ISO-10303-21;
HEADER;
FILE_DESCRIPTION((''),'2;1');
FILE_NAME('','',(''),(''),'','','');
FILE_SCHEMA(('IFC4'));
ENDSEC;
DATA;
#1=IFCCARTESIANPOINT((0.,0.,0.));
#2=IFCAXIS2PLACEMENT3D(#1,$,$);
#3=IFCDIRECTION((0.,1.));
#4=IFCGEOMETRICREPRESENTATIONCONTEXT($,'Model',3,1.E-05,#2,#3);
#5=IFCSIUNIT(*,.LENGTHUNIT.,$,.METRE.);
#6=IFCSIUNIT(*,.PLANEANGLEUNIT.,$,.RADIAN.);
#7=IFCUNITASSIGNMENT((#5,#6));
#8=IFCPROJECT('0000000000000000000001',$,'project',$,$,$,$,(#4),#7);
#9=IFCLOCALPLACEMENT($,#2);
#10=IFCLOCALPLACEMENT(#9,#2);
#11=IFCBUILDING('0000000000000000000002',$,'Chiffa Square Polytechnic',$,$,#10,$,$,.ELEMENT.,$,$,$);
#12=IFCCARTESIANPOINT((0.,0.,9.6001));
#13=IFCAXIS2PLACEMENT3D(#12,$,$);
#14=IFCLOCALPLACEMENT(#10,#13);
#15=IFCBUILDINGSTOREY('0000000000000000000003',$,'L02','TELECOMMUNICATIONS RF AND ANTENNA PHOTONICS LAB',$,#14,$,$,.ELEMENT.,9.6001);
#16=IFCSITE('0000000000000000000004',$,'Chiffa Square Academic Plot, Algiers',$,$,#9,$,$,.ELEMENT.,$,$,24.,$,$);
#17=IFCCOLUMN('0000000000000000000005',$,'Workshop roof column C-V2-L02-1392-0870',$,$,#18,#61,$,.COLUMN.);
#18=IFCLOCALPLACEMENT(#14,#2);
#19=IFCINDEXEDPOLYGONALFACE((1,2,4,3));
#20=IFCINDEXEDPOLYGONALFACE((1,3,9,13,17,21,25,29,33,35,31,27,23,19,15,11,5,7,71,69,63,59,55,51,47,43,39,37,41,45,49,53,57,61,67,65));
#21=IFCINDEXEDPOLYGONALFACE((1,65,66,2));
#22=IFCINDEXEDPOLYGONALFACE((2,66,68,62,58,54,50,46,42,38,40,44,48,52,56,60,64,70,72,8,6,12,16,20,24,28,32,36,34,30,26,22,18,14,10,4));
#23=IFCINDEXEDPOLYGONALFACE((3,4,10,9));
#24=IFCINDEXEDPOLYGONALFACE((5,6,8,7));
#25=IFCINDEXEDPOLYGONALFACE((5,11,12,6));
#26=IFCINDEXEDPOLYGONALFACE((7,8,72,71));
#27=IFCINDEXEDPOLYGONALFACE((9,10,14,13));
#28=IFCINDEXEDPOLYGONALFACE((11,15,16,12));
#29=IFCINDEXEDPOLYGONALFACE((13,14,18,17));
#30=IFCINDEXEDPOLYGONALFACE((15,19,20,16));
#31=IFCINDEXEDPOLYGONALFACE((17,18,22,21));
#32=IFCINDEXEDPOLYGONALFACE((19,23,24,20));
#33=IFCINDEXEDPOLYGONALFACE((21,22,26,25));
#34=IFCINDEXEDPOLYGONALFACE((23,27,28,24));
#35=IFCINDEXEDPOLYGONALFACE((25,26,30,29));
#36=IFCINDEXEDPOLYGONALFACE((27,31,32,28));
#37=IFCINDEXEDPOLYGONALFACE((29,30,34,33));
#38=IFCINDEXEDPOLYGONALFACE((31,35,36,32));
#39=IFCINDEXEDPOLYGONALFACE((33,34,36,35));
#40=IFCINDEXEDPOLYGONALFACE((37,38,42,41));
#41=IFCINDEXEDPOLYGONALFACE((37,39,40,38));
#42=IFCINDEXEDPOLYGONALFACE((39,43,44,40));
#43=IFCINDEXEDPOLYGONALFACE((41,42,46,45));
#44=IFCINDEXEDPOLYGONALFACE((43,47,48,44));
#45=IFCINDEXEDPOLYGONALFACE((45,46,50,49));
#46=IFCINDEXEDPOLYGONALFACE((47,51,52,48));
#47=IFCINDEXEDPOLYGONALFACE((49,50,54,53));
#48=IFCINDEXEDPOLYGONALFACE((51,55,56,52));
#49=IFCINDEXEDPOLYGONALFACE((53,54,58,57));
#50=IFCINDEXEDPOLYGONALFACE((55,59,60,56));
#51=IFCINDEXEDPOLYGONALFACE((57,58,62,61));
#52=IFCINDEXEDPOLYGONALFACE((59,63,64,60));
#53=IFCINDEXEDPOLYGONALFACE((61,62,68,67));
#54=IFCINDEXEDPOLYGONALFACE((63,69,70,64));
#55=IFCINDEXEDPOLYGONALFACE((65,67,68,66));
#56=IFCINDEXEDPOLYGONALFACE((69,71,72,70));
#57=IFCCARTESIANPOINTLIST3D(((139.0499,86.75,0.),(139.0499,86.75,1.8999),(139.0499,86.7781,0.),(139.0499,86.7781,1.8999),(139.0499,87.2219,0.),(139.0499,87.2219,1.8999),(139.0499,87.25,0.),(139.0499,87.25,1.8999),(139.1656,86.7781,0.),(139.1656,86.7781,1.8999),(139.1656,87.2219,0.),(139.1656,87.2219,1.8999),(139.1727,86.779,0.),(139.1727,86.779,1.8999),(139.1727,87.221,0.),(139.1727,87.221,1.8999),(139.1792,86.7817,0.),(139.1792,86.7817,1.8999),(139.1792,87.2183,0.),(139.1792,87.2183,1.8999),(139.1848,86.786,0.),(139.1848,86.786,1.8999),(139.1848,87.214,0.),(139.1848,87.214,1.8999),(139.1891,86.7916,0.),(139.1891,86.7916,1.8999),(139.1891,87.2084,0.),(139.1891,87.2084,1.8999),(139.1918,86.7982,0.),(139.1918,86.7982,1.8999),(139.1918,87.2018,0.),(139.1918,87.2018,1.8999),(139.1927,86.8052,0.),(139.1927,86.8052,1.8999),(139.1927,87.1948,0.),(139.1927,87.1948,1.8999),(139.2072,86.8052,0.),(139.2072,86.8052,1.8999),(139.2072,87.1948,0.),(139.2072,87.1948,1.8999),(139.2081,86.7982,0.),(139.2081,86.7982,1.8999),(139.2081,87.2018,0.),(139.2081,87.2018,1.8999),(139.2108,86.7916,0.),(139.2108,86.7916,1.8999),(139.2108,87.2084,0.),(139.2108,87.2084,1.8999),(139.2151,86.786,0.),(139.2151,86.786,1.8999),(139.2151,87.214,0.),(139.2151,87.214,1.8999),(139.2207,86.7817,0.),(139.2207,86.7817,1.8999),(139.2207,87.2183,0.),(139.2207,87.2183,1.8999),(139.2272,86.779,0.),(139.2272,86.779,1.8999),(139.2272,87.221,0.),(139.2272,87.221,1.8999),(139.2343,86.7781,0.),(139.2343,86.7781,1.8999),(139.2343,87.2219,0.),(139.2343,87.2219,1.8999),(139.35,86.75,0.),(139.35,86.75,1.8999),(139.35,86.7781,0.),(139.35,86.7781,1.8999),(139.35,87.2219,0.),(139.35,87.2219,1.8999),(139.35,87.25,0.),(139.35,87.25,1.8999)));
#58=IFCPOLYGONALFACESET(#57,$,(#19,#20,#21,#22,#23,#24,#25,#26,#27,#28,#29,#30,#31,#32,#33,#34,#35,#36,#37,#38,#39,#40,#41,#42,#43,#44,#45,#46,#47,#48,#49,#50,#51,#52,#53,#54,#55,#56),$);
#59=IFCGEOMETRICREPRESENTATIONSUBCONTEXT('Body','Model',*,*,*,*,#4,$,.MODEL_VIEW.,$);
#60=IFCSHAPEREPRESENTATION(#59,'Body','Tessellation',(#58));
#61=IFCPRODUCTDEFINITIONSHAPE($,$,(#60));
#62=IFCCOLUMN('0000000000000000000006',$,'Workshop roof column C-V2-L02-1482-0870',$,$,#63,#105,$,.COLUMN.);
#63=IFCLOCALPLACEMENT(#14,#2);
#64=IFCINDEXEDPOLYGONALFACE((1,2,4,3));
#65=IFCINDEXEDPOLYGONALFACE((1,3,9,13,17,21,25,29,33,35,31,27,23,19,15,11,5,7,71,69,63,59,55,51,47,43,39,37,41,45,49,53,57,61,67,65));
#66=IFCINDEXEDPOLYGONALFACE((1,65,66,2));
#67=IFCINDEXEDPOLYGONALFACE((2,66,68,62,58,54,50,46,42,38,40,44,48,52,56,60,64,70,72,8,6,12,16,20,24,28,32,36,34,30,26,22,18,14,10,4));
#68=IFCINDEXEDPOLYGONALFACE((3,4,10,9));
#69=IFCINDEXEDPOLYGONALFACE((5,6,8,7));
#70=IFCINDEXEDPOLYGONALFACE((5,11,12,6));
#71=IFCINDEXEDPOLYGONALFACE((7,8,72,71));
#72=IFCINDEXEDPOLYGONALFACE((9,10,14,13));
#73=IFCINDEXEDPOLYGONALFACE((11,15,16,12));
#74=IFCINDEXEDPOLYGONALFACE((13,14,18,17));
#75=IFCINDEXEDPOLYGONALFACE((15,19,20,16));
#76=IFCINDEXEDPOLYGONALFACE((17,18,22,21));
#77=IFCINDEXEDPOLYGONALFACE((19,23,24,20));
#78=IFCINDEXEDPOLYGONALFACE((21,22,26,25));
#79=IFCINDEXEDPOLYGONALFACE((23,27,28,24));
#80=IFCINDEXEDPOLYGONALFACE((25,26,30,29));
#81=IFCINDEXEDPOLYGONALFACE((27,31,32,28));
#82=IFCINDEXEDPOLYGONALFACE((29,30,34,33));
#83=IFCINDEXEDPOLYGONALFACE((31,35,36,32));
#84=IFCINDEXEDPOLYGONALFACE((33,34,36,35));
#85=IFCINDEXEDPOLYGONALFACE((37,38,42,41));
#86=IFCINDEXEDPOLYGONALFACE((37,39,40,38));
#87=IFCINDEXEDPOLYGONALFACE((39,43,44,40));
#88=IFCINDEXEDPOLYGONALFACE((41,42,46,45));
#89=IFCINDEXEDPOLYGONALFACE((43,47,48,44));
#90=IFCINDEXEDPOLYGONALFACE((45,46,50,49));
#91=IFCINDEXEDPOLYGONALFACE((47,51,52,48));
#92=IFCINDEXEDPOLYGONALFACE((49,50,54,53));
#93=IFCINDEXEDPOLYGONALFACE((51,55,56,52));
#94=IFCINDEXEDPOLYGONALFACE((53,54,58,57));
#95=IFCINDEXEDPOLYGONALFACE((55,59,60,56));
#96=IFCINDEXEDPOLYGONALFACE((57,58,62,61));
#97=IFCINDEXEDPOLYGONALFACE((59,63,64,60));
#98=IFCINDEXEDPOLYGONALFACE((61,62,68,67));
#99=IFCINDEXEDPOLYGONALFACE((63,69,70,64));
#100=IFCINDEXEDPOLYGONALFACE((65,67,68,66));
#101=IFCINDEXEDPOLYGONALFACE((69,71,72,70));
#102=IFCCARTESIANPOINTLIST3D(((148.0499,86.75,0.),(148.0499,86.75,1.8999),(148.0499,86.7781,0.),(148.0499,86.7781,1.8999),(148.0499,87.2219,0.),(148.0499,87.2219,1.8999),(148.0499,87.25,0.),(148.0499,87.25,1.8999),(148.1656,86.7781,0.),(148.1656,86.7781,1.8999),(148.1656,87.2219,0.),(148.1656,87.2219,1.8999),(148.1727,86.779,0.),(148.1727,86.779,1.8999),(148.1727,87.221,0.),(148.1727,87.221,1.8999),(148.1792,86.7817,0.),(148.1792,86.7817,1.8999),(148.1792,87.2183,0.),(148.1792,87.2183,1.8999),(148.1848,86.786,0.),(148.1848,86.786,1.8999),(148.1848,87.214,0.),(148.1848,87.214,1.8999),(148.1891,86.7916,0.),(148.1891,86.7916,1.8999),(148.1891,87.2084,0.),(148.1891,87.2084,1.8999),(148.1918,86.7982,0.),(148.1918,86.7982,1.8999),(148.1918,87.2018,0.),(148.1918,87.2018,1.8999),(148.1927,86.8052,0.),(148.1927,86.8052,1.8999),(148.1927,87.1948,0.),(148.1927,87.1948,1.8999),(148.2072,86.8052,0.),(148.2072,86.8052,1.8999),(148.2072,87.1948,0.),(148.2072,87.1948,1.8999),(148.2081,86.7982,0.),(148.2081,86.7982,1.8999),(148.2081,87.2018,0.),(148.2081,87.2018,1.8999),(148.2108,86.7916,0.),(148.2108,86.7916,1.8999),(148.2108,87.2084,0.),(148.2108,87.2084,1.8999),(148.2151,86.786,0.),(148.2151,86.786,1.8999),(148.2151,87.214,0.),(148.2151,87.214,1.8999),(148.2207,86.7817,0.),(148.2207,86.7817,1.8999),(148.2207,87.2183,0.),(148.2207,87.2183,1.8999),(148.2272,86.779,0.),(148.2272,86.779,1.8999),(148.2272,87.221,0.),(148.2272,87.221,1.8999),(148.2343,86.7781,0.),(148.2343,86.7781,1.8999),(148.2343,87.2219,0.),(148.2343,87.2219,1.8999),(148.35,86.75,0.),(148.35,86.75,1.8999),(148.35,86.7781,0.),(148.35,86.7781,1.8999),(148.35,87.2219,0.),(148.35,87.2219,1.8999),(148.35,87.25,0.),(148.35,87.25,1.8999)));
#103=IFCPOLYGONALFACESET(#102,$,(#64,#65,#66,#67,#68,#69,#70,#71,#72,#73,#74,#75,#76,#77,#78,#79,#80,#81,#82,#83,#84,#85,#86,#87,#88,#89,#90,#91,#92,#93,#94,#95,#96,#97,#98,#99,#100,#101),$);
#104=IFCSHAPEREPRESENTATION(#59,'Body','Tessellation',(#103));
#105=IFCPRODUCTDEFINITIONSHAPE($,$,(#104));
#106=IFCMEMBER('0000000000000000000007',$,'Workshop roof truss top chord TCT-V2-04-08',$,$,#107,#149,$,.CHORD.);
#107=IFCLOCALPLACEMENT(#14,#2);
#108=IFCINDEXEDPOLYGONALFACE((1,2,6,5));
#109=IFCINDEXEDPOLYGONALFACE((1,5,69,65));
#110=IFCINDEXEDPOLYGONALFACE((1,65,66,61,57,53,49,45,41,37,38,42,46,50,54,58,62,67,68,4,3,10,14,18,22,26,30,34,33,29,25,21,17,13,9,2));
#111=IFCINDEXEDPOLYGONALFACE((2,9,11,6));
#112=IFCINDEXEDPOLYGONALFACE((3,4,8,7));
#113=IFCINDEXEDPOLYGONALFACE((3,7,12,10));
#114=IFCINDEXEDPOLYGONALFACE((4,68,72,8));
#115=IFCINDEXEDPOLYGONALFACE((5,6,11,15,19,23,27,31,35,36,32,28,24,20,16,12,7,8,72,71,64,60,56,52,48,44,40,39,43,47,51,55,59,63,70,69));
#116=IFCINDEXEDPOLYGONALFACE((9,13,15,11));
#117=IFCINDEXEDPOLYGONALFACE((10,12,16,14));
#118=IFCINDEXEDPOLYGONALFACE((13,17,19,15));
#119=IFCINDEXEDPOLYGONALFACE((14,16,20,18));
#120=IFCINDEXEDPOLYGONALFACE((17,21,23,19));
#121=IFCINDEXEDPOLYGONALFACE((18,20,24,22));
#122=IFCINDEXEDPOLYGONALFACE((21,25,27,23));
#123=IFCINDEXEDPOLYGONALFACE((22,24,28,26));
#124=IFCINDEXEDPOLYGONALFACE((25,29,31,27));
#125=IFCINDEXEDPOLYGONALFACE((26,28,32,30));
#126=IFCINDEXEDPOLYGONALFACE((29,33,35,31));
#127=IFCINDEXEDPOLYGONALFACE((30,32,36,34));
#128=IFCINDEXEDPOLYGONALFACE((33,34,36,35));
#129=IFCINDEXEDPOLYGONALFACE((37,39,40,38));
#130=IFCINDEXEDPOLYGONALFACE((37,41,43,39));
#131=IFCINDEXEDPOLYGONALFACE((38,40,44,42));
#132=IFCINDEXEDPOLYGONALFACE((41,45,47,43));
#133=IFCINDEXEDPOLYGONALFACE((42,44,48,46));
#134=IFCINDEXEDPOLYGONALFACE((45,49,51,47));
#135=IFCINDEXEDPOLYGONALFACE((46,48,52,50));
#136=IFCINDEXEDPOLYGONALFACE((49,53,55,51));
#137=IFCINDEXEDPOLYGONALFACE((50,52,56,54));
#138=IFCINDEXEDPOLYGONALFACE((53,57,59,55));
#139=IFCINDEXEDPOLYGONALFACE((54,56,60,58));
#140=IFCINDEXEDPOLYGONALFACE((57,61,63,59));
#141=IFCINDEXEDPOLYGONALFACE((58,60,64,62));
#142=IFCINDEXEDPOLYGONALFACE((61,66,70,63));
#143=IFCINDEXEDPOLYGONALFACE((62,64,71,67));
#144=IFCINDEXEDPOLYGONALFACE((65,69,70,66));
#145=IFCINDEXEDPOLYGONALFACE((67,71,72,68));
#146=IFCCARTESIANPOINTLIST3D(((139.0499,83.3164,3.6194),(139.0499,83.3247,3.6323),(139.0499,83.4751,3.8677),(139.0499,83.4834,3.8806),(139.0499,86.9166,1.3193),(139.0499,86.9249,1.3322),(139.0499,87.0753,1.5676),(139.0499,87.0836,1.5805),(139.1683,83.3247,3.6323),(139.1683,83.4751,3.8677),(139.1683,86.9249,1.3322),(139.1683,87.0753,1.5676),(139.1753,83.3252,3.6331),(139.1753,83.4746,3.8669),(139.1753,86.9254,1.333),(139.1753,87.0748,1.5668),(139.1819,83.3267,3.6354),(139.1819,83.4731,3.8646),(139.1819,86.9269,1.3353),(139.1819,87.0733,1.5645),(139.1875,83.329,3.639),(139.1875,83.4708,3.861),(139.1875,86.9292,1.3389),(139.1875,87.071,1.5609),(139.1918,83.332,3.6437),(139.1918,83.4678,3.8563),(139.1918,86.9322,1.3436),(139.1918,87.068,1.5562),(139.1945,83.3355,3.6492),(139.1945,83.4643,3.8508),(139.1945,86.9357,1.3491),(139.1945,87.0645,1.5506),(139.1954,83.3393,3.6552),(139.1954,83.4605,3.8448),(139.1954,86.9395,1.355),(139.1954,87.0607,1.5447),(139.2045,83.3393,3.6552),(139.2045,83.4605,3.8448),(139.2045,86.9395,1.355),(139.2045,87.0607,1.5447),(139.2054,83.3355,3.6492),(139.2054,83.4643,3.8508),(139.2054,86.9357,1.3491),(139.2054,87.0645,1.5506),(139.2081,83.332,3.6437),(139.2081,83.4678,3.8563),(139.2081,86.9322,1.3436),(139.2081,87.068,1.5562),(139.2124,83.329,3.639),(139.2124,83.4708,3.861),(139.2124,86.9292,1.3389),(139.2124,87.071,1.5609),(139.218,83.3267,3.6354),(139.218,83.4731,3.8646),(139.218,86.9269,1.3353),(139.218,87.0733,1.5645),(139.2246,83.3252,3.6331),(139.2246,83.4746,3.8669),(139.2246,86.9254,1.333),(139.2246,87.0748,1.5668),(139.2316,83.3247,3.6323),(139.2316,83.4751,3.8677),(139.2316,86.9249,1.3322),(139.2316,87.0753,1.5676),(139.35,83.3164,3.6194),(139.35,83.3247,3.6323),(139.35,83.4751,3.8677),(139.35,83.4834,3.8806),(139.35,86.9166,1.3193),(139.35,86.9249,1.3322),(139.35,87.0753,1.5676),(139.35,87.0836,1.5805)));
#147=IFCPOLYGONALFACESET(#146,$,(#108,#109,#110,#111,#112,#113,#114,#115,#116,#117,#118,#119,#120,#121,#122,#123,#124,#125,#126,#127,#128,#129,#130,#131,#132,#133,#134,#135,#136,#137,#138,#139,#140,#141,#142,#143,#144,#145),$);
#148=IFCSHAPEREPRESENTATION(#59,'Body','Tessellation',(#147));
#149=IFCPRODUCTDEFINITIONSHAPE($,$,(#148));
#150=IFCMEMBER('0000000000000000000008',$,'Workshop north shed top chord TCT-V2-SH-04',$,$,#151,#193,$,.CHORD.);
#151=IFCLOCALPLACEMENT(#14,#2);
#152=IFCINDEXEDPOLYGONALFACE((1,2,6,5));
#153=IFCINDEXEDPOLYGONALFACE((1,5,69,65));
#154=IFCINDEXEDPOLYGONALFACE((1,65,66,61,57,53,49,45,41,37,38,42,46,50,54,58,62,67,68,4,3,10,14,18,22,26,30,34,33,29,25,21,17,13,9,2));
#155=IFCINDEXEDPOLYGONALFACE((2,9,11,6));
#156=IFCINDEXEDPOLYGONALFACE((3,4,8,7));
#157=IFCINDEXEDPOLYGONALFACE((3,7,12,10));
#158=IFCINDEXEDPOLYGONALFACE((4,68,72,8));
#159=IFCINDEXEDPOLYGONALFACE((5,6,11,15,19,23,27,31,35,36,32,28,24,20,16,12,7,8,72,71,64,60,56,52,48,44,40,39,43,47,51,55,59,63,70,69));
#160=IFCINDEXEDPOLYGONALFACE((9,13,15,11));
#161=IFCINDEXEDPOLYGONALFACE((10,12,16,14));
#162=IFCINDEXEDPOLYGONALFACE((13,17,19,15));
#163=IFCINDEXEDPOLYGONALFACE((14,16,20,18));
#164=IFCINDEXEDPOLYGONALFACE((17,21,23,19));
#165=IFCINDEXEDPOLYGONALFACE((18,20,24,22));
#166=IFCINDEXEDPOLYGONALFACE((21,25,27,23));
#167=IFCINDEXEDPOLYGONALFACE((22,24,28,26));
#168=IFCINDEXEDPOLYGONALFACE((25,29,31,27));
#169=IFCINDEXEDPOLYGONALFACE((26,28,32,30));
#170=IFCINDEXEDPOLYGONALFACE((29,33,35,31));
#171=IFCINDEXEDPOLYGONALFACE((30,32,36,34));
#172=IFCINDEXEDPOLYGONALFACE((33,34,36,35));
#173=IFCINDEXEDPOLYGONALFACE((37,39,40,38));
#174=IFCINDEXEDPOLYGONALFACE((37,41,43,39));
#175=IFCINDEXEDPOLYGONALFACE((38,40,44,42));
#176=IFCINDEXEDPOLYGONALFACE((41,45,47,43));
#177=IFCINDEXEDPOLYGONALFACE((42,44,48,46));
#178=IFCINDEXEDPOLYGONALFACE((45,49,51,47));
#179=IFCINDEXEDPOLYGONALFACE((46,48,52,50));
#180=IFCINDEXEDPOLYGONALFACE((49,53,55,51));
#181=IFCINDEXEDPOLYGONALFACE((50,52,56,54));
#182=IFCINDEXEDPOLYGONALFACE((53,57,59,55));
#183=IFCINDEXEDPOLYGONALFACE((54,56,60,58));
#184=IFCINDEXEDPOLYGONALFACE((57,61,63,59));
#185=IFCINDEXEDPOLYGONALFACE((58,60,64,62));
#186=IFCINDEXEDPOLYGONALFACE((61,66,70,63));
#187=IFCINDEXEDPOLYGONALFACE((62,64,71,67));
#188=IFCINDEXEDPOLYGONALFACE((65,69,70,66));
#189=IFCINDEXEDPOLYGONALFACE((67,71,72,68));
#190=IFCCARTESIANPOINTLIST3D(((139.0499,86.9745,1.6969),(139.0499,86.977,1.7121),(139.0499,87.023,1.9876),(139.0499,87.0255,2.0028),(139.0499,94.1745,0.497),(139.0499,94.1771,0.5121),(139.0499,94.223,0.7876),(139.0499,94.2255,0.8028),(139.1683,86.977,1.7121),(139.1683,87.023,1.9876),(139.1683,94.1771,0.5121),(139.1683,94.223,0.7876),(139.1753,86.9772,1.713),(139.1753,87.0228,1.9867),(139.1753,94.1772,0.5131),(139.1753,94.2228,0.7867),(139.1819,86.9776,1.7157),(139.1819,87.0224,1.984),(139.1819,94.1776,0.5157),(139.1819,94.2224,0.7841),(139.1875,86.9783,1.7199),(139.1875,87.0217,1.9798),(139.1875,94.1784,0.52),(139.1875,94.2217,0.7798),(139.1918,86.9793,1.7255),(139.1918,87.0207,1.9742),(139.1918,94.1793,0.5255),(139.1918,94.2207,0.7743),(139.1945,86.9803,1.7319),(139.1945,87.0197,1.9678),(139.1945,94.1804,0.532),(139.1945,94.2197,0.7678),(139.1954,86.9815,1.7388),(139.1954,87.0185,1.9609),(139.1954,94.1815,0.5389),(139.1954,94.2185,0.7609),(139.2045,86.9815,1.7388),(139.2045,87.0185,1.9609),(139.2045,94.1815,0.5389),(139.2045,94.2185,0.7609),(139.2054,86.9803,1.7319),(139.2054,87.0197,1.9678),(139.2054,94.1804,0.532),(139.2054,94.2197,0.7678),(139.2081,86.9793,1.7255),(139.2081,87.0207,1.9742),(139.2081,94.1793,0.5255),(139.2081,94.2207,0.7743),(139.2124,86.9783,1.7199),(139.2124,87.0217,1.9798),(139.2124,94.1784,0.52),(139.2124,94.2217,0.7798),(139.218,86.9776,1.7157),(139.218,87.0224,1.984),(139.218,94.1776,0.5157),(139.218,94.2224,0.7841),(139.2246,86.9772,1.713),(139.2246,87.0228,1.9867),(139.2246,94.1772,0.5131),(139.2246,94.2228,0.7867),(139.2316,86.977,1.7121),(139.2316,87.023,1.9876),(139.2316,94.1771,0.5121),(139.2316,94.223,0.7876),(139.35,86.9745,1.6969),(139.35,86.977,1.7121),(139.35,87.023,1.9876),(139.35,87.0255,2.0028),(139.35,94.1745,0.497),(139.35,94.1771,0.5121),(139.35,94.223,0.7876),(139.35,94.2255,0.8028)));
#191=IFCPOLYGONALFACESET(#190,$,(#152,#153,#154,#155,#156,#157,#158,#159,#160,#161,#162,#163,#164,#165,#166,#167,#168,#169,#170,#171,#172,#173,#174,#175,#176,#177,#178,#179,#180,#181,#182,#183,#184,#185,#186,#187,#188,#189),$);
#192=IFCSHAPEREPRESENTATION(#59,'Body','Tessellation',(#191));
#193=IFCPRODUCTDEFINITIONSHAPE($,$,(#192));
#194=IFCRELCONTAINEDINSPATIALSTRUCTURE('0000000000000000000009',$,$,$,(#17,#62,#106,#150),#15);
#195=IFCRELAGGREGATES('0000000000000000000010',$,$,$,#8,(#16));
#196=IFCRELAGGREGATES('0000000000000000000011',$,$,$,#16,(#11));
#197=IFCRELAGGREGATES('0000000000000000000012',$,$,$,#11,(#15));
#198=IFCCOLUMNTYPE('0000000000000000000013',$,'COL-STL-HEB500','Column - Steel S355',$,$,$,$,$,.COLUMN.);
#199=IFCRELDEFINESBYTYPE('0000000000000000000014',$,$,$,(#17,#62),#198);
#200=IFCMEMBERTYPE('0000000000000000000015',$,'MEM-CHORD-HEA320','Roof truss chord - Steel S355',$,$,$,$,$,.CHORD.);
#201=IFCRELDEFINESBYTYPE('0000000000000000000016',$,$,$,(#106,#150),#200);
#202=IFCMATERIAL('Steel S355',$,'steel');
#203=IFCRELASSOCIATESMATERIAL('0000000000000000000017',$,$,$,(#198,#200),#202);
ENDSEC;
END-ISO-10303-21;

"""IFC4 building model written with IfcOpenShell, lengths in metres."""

from ifc_helpers import new_model, si_unit, direction, frame, origin, origin_2d, place, context, subcontext, project, spatial, i_section, extrude, material, material_profile, profile_set, type_object, element, save


model = new_model("IFC4")

# Units and contexts
model_context = context("Model", 3, precision=1e-05, world=origin(), true_north=direction((0.0, 1.0)))
body_context = subcontext(model_context, "Body", "Model", "MODEL_VIEW")
ifc_project = project(units=[si_unit("LENGTHUNIT", "METRE"), si_unit("PLANEANGLEUNIT", "RADIAN")], contexts=[model_context])

# Site, building, storey
site_placement = place(None, origin())
site = spatial("IfcSite", under=ifc_project, at=site_placement, Name="Chiffa Square Academic Plot, Algiers", CompositionType="ELEMENT", RefElevation=24.0)
building_placement = place(site_placement, origin())
building = spatial("IfcBuilding", under=site, at=building_placement, Name="Chiffa Square Polytechnic", CompositionType="ELEMENT")
storey_placement = place(building_placement, frame((0.0, 0.0, 9.6001)))
storey = spatial("IfcBuildingStorey", under=building, at=storey_placement, Name="L02", Description="TELECOMMUNICATIONS RF AND ANTENNA PHOTONICS LAB", CompositionType="ELEMENT", Elevation=9.6001)

# Columns
ifc_material_1 = material(Name="Steel S355", Category="steel")
ifc_material_profile_1 = material_profile(ifc_material_1, i_section(OverallWidth=0.3, OverallDepth=0.5, WebThickness=0.0144, FlangeThickness=0.0281, FilletRadius=0.0271, at=origin_2d()), Name="HEB 500")
ifc_profile_set_1 = profile_set([ifc_material_profile_1], Name="Steel S355")
column_type = type_object("IfcColumnType", Name="COL-STL-HEB500", Description="Column - Steel S355", PredefinedType="COLUMN", material=ifc_profile_set_1)
for number, where, z_axis, x_axis, name in (
    (1, (139.2, 87.0, 0.0), (0.0, 0.0, 1.0), (1.0, 0.0, 0.0), "Workshop roof column C-V2-L02-1392-0870"),
    (2, (148.2, 87.0, 0.0), (0.0, 0.0, 1.0), (1.0, 0.0, 0.0), "Workshop roof column C-V2-L02-1482-0870"),
):
    element("IfcColumn", number, at=place(storey_placement, frame(where, z_axis=z_axis, x_axis=x_axis)), inside=storey, type_object=column_type, Name=name, PredefinedType="COLUMN", context=body_context, shape_type="SweptSolid", body=[
        extrude(i_section(OverallWidth=0.3, OverallDepth=0.5, WebThickness=0.0144, FlangeThickness=0.0281, FilletRadius=0.0271, at=origin_2d()), origin(), (0.0, 0.0, 1.0), 1.8999),
    ])

# Members
ifc_material_profile_2 = material_profile(ifc_material_1, i_section(OverallWidth=0.3, OverallDepth=0.3101, WebThickness=0.009, FlangeThickness=0.0154, FilletRadius=0.0271, at=origin_2d()), Name="HEA 320")
ifc_profile_set_2 = profile_set([ifc_material_profile_2], Name="Steel S355")
member_type_1 = type_object("IfcMemberType", Name="MEM-CHORD-HEA320", Description="Roof truss chord - Steel S355", PredefinedType="CHORD", material=ifc_profile_set_2)
member_1_placement = place(storey_placement, frame((139.2, 83.3999, 3.75), z_axis=(0.0, 0.842698, -0.538387), x_axis=(-1.0, 0.0, 0.0)))
element("IfcMember", 3, at=member_1_placement, inside=storey, type_object=member_type_1, Name="Workshop roof truss top chord TCT-V2-04-08", PredefinedType="CHORD", context=body_context, shape_type="SweptSolid", body=[
    extrude(i_section(OverallWidth=0.3, OverallDepth=0.3101, WebThickness=0.009, FlangeThickness=0.0154, FilletRadius=0.0271, at=origin_2d()), origin(), (0.0, 0.0, 1.0), 4.2722),
])
member_2_placement = place(storey_placement, frame((139.2, 87.0, 1.8499), z_axis=(0.0, 0.986395, -0.164394), x_axis=(-1.0, 0.0, 0.0)))
element("IfcMember", 4, at=member_2_placement, inside=storey, type_object=member_type_1, Name="Workshop north shed top chord TCT-V2-SH-04", PredefinedType="CHORD", context=body_context, shape_type="SweptSolid", body=[
    extrude(i_section(OverallWidth=0.3, OverallDepth=0.3101, WebThickness=0.009, FlangeThickness=0.0154, FilletRadius=0.0271, at=origin_2d()), origin(), (0.0, 0.0, 1.0), 7.2993),
])

save(model, "model.ifc")
